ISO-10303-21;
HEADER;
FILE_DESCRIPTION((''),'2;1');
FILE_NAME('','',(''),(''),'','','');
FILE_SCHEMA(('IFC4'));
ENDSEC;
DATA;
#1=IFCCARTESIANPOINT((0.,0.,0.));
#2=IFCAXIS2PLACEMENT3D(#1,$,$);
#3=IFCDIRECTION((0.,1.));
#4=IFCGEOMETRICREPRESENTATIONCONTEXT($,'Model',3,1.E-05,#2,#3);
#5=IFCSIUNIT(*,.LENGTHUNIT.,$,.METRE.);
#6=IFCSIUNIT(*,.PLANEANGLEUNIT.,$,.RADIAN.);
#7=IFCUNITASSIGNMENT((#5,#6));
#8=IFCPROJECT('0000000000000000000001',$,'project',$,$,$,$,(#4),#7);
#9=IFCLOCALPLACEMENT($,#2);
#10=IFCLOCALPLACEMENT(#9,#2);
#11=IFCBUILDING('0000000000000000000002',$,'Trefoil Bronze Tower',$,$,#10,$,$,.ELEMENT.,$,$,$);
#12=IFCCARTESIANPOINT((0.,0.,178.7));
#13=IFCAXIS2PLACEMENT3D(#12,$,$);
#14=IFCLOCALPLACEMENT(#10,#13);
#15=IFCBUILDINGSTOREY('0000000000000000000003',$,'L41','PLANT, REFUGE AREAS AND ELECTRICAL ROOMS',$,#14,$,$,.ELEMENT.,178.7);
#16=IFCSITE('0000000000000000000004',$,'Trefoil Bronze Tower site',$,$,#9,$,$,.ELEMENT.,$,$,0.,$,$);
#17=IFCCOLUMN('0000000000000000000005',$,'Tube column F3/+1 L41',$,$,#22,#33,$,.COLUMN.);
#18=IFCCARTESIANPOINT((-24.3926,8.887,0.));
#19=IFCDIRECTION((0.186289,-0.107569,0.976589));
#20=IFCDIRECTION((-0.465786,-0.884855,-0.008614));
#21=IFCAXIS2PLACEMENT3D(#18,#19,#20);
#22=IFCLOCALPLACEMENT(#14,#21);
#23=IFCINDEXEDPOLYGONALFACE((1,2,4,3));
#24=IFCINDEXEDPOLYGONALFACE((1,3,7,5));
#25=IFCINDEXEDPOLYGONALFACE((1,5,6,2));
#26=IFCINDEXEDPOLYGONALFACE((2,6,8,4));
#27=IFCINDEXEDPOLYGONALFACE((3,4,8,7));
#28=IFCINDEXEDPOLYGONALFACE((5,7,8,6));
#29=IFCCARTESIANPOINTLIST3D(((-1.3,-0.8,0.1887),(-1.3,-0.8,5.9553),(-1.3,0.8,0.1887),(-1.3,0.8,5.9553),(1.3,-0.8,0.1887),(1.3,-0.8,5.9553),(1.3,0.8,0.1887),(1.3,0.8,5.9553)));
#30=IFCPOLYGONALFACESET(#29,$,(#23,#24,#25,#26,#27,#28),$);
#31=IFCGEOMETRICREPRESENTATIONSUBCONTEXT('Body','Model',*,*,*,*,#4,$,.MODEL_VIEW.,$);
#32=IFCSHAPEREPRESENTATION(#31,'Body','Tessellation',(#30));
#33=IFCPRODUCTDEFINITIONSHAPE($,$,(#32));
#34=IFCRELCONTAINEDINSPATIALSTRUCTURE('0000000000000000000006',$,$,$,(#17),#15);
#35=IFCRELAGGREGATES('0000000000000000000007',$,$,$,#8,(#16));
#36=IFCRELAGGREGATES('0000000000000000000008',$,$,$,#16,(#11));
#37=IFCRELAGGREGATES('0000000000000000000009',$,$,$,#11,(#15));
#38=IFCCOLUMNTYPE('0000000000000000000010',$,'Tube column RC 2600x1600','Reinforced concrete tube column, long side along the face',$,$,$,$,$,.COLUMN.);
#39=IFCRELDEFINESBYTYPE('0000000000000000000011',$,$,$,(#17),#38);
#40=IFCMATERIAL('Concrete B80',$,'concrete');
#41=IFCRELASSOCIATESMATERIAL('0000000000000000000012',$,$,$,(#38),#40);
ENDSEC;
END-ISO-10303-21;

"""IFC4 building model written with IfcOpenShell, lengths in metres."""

from ifc_helpers import new_model, si_unit, direction, frame, origin, origin_2d, place, context, subcontext, project, spatial, rectangle, extrude, clip, halfspace, material, material_profile, profile_set, type_object, element, save


model = new_model("IFC4")

# Units and contexts
model_context = context("Model", 3, precision=1e-05, world=origin(), true_north=direction((0.0, 1.0)))
body_context = subcontext(model_context, "Body", "Model", "MODEL_VIEW")
ifc_project = project(units=[si_unit("LENGTHUNIT", "METRE"), si_unit("PLANEANGLEUNIT", "RADIAN")], contexts=[model_context])

# Site, building, storey
site_placement = place(None, origin())
site = spatial("IfcSite", under=ifc_project, at=site_placement, Name="Trefoil Bronze Tower site", CompositionType="ELEMENT", RefElevation=0.0)
building_placement = place(site_placement, origin())
building = spatial("IfcBuilding", under=site, at=building_placement, Name="Trefoil Bronze Tower", CompositionType="ELEMENT")
storey_placement = place(building_placement, frame((0.0, 0.0, 178.7)))
storey = spatial("IfcBuildingStorey", under=building, at=storey_placement, Name="L41", Description="PLANT, REFUGE AREAS AND ELECTRICAL ROOMS", CompositionType="ELEMENT", Elevation=178.7)

# Column
ifc_material_1 = material(Name="Concrete B80", Category="concrete")
ifc_material_profile_1 = material_profile(ifc_material_1, rectangle(XDim=2.6001, YDim=1.6001, at=origin_2d()), Name="RC 2600x1600")
ifc_profile_set_1 = profile_set([ifc_material_profile_1], Name="Concrete B80")
column_type = type_object("IfcColumnType", Name="Tube column RC 2600x1600", Description="Reinforced concrete tube column, long side along the face", PredefinedType="COLUMN", material=ifc_profile_set_1)
column_placement = place(storey_placement, frame((-24.3926, 8.887, 0.0), z_axis=(0.186289, -0.107569, 0.976589), x_axis=(-0.465786, -0.884855, -0.008614)))
element("IfcColumn", 1, at=column_placement, inside=storey, type_object=column_type, Name="Tube column F3/+1 L41", PredefinedType="COLUMN", context=body_context, shape_type="Clipping", body=[
    clip(clip(extrude(rectangle(XDim=2.6001, YDim=1.6001, at=origin_2d()), origin(), (0.0, 0.0, 1.0), 6.1438), halfspace(frame((0.0, 0.0, 0.1887), z_axis=(-0.000013, 0.000004, 1.0), x_axis=(0.0, 1.0, -0.000004)), True)), halfspace(frame((0.0, 0.0, 5.9553), z_axis=(0.000013, -0.000004, -1.0), x_axis=(0.0, -1.0, 0.000004)), True)),
])

save(model, "model.ifc")
